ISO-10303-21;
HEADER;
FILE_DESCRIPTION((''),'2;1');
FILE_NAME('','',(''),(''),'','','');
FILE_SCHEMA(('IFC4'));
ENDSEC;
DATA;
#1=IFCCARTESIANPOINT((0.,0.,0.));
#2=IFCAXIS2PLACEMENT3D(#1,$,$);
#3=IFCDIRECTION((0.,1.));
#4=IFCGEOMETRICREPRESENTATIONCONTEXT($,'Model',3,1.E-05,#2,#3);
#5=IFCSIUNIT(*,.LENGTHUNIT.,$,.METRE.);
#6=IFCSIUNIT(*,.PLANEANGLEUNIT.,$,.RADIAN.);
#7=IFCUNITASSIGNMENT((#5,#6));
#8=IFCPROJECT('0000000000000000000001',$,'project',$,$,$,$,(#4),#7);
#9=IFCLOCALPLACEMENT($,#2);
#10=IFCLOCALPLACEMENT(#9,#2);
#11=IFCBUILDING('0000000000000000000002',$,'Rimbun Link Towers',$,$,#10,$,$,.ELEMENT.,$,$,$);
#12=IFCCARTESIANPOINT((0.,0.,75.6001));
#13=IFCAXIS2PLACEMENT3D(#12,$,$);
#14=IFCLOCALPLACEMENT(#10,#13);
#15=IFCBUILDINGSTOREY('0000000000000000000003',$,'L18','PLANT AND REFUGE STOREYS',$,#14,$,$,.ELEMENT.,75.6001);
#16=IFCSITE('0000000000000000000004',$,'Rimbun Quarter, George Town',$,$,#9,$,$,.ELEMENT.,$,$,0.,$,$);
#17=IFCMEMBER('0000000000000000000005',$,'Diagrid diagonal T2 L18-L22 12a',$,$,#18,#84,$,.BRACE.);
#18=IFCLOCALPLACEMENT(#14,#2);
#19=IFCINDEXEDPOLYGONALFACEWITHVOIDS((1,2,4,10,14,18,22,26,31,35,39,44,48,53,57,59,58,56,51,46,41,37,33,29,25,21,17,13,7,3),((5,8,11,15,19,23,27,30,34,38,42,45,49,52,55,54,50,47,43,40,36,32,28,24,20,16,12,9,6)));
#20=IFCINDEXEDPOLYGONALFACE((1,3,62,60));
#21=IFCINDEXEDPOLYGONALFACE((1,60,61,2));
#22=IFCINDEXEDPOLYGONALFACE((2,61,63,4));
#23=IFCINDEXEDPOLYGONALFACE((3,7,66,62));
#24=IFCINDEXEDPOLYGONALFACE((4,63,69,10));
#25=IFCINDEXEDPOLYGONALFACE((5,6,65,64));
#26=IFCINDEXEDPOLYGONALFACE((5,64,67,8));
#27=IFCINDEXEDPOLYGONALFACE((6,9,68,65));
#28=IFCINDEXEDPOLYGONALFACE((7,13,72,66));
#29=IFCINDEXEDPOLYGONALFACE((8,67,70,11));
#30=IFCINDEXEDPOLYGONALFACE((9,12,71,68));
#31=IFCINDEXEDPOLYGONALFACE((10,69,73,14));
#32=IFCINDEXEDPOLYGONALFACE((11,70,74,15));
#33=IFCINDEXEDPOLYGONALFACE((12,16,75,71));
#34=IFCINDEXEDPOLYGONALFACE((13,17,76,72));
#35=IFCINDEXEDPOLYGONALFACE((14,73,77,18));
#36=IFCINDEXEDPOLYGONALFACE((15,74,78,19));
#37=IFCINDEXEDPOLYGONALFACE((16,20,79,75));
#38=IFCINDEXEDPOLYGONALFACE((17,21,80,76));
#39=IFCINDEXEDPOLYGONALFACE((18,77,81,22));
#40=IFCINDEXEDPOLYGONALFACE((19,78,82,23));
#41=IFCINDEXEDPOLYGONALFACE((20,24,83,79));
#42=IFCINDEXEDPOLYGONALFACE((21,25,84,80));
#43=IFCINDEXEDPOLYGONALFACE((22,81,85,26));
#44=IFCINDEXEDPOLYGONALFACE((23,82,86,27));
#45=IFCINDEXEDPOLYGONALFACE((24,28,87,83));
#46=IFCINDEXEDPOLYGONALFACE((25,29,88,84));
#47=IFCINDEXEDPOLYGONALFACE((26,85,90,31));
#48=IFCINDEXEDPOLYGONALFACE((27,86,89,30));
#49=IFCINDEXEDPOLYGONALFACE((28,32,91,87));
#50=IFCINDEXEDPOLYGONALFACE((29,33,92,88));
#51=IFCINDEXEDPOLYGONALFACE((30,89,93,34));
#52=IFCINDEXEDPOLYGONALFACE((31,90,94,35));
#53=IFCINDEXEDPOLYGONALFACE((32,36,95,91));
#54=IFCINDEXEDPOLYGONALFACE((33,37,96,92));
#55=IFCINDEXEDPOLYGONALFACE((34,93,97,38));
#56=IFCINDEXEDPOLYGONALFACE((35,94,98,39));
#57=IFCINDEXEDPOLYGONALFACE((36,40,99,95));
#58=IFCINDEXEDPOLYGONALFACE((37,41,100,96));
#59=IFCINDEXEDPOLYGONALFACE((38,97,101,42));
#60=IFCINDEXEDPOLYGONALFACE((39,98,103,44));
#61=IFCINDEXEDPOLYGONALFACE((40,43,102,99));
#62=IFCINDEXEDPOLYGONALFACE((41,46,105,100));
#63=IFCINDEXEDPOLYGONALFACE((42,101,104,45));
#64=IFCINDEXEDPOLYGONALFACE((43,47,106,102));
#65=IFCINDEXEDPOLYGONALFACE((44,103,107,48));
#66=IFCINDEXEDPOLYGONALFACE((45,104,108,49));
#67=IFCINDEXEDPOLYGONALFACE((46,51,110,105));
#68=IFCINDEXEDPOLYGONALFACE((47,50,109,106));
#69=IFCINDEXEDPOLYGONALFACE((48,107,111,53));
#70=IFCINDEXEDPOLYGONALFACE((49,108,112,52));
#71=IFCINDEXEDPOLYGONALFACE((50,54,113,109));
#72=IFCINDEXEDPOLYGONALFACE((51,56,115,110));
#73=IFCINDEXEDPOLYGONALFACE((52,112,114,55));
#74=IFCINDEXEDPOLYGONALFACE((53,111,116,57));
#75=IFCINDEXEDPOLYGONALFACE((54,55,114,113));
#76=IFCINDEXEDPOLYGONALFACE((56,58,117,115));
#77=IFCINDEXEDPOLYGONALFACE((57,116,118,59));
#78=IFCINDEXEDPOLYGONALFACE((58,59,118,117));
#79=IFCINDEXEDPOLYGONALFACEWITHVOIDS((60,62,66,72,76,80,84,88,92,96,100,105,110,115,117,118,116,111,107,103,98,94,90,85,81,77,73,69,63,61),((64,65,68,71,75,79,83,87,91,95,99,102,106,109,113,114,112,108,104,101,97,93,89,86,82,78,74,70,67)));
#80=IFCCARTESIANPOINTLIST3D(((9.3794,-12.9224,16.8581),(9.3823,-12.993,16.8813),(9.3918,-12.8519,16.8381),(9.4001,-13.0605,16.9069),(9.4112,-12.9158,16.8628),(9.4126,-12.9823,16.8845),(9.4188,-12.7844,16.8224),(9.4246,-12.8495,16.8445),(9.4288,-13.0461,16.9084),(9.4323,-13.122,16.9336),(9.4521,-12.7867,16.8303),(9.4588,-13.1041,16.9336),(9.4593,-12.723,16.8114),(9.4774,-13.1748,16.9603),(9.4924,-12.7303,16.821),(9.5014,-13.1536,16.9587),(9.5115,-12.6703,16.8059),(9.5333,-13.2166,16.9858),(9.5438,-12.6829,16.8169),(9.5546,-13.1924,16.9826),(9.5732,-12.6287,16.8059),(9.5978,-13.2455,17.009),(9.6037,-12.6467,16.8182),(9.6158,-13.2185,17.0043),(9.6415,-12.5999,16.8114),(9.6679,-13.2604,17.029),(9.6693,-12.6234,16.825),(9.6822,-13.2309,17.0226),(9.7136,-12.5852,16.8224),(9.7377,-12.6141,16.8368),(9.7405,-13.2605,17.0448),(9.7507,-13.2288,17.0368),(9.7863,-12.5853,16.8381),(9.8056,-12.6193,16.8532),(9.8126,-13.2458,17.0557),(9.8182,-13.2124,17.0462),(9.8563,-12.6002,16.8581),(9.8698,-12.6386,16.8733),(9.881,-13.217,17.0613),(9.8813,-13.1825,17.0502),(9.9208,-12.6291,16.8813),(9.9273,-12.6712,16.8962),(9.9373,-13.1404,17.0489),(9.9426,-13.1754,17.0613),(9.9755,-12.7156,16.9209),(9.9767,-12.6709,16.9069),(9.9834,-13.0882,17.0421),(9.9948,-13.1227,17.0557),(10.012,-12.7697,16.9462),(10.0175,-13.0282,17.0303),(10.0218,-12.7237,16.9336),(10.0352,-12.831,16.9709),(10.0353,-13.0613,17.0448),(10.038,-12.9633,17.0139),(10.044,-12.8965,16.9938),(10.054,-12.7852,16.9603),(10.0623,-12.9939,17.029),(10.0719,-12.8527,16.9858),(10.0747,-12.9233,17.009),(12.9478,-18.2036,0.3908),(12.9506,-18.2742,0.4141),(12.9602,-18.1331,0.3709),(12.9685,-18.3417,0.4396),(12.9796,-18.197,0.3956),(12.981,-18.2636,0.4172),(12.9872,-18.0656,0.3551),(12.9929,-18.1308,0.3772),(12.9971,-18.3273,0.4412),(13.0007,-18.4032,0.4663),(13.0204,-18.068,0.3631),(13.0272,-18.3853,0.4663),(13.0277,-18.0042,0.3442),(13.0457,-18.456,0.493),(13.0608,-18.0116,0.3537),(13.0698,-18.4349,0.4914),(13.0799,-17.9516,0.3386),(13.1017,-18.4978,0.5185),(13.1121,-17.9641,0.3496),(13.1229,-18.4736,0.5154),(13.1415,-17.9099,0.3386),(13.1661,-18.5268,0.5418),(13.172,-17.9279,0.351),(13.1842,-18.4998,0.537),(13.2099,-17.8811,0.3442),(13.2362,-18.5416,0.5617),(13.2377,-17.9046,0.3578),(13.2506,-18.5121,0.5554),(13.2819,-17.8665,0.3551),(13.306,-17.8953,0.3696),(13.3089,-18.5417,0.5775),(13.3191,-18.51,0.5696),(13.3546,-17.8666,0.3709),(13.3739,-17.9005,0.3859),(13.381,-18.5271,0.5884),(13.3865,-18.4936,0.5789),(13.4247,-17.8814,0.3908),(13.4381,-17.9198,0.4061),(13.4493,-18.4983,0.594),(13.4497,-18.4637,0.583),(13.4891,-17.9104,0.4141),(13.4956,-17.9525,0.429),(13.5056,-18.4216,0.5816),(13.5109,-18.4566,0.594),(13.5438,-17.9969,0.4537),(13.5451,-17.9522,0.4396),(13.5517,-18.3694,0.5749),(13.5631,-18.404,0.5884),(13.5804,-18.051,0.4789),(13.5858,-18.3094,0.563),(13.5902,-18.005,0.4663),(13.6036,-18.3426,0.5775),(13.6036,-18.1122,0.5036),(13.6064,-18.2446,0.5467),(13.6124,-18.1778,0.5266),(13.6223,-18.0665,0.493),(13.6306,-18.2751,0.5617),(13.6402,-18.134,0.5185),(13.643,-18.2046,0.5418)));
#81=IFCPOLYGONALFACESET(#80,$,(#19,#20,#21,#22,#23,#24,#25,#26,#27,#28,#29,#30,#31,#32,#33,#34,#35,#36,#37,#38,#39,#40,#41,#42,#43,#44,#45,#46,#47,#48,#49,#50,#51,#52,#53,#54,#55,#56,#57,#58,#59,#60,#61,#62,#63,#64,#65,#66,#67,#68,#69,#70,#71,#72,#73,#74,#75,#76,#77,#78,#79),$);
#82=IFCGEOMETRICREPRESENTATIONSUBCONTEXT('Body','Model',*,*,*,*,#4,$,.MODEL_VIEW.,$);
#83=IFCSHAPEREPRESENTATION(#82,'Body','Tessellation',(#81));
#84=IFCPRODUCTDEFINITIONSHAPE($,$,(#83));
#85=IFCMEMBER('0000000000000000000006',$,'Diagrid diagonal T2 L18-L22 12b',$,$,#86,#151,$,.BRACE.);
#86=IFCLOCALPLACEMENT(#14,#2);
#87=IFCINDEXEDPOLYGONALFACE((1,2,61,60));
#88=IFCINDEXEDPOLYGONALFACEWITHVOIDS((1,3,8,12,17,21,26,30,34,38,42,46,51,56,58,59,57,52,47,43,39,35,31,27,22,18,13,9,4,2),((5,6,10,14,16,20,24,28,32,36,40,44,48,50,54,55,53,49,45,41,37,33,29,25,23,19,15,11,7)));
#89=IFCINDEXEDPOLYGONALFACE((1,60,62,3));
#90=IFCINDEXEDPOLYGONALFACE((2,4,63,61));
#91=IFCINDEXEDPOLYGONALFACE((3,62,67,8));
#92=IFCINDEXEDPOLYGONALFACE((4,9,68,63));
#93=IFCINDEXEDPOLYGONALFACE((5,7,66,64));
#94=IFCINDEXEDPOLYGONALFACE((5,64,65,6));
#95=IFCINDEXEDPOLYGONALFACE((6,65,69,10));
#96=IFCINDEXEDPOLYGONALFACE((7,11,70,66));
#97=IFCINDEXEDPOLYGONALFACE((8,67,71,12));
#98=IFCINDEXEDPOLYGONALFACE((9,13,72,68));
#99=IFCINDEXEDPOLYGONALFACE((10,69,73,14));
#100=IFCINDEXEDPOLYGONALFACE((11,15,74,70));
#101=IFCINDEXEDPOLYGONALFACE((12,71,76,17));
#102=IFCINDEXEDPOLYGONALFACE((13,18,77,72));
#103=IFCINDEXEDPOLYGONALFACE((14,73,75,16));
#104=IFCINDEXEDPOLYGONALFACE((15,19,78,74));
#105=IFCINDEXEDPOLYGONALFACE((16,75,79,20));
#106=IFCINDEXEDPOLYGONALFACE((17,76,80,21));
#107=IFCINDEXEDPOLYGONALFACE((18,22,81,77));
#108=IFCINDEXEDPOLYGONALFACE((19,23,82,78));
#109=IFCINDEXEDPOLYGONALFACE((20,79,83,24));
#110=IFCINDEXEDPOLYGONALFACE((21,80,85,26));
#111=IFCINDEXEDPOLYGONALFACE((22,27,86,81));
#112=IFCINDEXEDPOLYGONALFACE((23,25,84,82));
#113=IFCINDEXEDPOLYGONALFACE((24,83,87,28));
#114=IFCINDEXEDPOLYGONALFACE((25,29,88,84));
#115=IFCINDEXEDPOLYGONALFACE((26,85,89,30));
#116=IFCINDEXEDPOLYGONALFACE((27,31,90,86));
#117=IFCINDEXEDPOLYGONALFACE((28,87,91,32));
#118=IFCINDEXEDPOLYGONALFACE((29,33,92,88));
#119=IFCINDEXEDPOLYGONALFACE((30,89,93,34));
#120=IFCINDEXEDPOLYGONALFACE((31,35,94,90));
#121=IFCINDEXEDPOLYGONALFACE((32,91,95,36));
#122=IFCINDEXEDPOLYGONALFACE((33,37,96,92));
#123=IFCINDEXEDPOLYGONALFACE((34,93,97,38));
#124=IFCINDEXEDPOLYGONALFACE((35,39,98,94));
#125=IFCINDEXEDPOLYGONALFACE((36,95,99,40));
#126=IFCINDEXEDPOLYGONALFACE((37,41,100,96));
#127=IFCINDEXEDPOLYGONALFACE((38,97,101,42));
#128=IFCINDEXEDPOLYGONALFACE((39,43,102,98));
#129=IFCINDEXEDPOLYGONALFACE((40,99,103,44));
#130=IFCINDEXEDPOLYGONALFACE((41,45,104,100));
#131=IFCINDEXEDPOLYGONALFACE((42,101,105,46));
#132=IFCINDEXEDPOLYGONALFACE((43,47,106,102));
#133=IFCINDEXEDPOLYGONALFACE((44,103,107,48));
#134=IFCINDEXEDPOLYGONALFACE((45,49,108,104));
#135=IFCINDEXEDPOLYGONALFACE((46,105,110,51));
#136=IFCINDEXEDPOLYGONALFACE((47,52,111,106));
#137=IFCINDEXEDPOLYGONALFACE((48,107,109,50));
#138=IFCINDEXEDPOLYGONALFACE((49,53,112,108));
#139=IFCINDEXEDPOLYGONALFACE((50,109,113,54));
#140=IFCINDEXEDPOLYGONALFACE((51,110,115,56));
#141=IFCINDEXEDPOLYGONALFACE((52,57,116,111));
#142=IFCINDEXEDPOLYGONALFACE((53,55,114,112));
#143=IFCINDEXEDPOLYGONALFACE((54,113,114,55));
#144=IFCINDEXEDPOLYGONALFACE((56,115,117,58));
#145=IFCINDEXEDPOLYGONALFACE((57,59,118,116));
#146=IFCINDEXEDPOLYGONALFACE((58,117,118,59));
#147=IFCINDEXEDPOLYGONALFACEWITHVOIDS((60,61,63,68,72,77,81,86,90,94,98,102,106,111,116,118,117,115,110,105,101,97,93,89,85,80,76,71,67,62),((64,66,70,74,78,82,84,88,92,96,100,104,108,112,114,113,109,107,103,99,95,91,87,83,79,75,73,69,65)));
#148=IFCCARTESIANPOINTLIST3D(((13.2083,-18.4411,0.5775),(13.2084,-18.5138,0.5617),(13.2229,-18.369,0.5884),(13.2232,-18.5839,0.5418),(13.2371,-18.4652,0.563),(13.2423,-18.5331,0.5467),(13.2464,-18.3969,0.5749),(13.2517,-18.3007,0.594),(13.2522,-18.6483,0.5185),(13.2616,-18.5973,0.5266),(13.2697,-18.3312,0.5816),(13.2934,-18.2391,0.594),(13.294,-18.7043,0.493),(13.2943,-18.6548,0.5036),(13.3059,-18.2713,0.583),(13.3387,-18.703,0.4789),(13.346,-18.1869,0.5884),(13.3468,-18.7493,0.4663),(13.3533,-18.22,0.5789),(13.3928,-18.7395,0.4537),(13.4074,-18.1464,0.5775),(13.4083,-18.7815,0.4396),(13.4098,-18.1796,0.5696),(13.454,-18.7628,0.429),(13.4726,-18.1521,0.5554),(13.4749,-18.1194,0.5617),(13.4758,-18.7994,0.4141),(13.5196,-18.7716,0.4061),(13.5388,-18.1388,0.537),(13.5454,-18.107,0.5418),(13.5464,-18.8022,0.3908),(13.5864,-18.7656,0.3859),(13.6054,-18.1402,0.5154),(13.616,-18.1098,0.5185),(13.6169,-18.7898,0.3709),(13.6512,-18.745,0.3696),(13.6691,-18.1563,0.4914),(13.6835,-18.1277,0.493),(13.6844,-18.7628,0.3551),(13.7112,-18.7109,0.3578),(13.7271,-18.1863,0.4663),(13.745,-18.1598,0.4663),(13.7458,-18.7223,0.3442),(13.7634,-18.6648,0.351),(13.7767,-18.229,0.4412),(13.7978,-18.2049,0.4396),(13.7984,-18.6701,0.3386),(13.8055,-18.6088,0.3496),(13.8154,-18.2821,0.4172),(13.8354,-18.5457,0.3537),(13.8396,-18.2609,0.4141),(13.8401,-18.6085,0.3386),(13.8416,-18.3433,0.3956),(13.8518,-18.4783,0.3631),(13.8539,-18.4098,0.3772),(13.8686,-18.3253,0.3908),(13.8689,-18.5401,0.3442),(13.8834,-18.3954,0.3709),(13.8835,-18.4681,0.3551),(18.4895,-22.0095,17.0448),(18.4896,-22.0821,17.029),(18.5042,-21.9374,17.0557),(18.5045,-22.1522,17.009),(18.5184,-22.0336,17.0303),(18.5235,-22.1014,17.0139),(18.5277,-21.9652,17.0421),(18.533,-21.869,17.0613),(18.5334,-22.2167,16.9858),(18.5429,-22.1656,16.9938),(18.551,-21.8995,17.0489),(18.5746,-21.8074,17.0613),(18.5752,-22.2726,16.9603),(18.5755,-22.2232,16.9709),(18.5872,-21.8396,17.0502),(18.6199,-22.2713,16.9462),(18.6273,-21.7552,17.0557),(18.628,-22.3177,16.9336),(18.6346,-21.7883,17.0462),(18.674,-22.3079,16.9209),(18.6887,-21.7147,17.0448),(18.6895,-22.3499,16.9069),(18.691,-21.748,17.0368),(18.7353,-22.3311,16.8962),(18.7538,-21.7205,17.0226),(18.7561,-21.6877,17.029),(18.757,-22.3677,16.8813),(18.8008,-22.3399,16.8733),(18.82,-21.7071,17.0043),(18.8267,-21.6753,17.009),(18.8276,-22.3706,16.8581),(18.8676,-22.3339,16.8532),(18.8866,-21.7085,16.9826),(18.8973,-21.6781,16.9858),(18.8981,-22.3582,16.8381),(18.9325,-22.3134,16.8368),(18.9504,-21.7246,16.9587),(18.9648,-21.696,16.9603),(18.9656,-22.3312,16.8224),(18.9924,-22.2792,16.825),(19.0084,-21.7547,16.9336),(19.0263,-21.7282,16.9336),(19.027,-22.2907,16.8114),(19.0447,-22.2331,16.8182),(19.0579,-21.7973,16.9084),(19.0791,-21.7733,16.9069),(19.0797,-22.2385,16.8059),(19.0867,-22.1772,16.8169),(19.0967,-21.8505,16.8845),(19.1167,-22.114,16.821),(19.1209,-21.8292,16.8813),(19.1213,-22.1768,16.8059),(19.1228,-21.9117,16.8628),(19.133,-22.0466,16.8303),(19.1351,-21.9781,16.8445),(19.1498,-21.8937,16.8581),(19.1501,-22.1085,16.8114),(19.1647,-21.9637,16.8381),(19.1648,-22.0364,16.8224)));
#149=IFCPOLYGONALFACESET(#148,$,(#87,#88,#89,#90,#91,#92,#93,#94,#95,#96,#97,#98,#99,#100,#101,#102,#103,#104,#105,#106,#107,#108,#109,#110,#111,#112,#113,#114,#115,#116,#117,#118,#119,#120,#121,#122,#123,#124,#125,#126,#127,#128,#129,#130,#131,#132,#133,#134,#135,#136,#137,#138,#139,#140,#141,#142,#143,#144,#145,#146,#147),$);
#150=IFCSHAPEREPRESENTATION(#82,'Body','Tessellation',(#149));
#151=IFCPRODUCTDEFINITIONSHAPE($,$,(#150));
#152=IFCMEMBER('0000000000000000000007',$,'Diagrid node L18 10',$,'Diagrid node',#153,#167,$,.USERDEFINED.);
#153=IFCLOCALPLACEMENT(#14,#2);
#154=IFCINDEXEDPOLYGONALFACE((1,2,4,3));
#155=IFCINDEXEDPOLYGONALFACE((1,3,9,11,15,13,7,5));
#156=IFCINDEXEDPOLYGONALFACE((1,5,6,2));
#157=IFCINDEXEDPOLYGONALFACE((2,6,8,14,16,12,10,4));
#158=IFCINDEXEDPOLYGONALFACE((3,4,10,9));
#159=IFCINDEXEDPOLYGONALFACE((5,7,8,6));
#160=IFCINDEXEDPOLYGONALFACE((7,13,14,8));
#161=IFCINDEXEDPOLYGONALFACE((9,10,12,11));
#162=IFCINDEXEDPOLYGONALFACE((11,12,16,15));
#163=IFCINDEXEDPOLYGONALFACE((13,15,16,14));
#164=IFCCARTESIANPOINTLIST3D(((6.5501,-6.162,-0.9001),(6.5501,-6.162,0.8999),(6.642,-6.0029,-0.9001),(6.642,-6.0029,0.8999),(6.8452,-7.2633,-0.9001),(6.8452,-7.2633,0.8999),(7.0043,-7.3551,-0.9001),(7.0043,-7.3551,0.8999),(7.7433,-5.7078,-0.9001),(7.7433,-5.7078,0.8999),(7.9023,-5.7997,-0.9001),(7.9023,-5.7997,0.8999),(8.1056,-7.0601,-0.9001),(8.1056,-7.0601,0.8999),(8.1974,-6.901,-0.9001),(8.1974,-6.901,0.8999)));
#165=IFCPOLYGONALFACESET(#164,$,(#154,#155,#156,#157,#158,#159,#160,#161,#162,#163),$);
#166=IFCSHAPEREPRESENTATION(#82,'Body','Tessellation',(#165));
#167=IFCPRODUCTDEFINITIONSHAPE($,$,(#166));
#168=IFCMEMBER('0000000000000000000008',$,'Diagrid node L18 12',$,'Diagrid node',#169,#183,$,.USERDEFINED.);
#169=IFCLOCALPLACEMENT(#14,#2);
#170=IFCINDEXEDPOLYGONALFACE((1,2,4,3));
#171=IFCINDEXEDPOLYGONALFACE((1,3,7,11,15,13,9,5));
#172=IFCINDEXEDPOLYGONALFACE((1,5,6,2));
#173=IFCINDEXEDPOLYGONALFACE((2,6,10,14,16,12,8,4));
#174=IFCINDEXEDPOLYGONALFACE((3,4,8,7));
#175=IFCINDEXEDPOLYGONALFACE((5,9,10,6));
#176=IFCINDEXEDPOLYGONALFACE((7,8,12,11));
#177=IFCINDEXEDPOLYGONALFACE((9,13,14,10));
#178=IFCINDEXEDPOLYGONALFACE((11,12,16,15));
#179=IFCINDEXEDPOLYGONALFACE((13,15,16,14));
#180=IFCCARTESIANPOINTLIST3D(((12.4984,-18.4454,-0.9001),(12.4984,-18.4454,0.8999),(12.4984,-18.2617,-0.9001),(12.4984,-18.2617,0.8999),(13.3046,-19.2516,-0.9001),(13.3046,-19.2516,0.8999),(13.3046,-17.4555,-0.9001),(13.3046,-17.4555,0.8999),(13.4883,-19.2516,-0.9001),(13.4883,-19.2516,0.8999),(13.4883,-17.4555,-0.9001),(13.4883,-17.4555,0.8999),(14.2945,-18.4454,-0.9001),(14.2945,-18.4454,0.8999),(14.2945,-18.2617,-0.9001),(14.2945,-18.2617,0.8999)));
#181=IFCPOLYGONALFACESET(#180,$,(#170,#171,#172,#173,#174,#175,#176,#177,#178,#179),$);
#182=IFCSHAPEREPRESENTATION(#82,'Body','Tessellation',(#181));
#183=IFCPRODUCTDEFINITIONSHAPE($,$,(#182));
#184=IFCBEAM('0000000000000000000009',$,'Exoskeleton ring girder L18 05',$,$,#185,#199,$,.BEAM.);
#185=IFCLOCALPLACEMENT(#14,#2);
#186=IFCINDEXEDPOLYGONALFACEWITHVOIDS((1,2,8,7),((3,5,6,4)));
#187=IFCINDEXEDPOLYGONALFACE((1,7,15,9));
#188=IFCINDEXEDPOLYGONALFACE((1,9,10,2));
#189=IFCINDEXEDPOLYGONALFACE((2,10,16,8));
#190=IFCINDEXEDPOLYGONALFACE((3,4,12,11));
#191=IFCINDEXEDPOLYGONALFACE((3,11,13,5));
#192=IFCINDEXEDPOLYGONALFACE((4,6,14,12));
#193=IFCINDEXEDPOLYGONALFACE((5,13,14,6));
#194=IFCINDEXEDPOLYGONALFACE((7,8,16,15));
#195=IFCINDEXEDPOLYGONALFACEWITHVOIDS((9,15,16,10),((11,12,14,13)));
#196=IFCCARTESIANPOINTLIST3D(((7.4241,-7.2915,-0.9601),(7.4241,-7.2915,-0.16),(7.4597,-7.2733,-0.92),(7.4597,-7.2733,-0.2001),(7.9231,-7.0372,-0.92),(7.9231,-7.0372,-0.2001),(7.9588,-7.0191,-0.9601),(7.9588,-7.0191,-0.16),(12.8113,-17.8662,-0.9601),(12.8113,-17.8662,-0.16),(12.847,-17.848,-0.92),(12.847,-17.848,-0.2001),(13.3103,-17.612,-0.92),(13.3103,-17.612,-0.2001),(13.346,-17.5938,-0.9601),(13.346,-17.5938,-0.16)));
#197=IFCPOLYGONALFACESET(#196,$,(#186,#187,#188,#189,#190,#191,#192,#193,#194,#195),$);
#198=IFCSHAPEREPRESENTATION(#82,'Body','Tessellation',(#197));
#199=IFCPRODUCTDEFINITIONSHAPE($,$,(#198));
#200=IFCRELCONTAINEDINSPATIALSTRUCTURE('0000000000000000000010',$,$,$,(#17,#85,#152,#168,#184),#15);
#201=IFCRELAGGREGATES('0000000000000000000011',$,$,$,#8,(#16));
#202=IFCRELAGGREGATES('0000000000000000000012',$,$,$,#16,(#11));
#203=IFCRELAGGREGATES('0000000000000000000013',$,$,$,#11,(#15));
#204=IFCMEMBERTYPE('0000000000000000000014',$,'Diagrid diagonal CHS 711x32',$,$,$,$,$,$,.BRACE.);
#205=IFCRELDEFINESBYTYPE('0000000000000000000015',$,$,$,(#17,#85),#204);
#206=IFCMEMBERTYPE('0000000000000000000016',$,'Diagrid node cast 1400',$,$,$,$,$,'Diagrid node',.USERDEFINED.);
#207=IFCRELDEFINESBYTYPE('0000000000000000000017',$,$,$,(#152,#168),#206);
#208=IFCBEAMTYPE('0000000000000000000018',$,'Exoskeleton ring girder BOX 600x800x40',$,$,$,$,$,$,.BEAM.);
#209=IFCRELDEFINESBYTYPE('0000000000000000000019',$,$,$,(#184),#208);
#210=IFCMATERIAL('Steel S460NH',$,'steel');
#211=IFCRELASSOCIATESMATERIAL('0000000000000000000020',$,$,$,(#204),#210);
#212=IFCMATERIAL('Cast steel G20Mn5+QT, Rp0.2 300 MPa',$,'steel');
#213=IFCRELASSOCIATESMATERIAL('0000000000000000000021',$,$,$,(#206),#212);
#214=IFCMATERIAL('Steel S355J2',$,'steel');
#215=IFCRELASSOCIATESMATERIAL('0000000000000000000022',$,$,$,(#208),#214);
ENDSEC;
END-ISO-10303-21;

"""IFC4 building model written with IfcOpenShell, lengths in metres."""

from ifc_helpers import new_model, si_unit, direction, frame, origin, origin_2d, place, context, subcontext, project, spatial, polyline, hollow_rectangle, hollow_circle, outline, extrude, material, material_profile, profile_set, type_object, element, save


model = new_model("IFC4")

# Units and contexts
model_context = context("Model", 3, precision=1e-05, world=origin(), true_north=direction((0.0, 1.0)))
body_context = subcontext(model_context, "Body", "Model", "MODEL_VIEW")
ifc_project = project(units=[si_unit("LENGTHUNIT", "METRE"), si_unit("PLANEANGLEUNIT", "RADIAN")], contexts=[model_context])

# Site, building, storey
site_placement = place(None, origin())
site = spatial("IfcSite", under=ifc_project, at=site_placement, Name="Rimbun Quarter, George Town", CompositionType="ELEMENT", RefElevation=0.0)
building_placement = place(site_placement, origin())
building = spatial("IfcBuilding", under=site, at=building_placement, Name="Rimbun Link Towers", CompositionType="ELEMENT")
storey_placement = place(building_placement, frame((0.0, 0.0, 75.6001)))
storey = spatial("IfcBuildingStorey", under=building, at=storey_placement, Name="L18", Description="PLANT AND REFUGE STOREYS", CompositionType="ELEMENT", Elevation=75.6001)

# Members
ifc_material_1 = material(Name="Steel S460NH", Category="steel")
ifc_material_profile_1 = material_profile(ifc_material_1, hollow_circle(Radius=0.3557, WallThickness=0.032, at=origin_2d()), Name="Diagrid diagonal CHS 711x32")
ifc_profile_set_1 = profile_set([ifc_material_profile_1], Name="Steel S460NH")
member_type_1 = type_object("IfcMemberType", Name="Diagrid diagonal CHS 711x32", PredefinedType="BRACE", material=ifc_profile_set_1)
for number, where, z_axis, x_axis, name in (
    (1, (13.2954, -18.2041, 0.4663), (-0.202085, 0.29909, 0.932581), (-0.828593, -0.559852, 0.0), "Diagrid diagonal T2 L18-L22 12a"),
    (2, (13.5459, -18.4546, 0.4663), (0.29909, -0.202085, 0.932581), (0.559852, 0.828593, 0.0), "Diagrid diagonal T2 L18-L22 12b"),
):
    element("IfcMember", number, at=place(storey_placement, frame(where, z_axis=z_axis, x_axis=x_axis)), inside=storey, type_object=member_type_1, Name=name, PredefinedType="BRACE", context=body_context, shape_type="SweptSolid", body=[
        extrude(hollow_circle(Radius=0.3557, WallThickness=0.032, at=origin_2d()), origin(), (0.0, 0.0, 1.0), 17.6577),
    ])
ifc_material_2 = material(Name="Cast steel G20Mn5+QT, Rp0.2 300 MPa", Category="steel")
ifc_material_profile_2 = material_profile(ifc_material_2, outline(polyline([(0.7, -0.5701), (0.7, 0.5701), (0.5701, 0.7), (-0.5701, 0.7), (-0.7, 0.5701), (-0.7, -0.5701), (-0.5701, -0.7), (0.5701, -0.7), (0.7, -0.5701)])), Name="NODE 1400x1400")
ifc_profile_set_2 = profile_set([ifc_material_profile_2], Name="Cast steel G20Mn5+QT, Rp0.2 300 MPa")
member_type_2 = type_object("IfcMemberType", Name="Diagrid node cast 1400", ElementType="Diagrid node", PredefinedType="USERDEFINED", material=ifc_profile_set_2)
for number, where, z_axis, x_axis, name in (
    (3, (7.3738, -6.5315, -0.9001), (0.0, 0.0, 1.0), (-0.965926, -0.258819, 0.0), "Diagrid node L18 10"),
    (4, (13.3965, -18.3535, -0.9001), (0.0, 0.0, 1.0), (-0.707107, -0.707107, 0.0), "Diagrid node L18 12"),
):
    element("IfcMember", number, at=place(storey_placement, frame(where, z_axis=z_axis, x_axis=x_axis)), inside=storey, type_object=member_type_2, Name=name, ObjectType="Diagrid node", PredefinedType="USERDEFINED", context=body_context, shape_type="SweptSolid", body=[
        extrude(outline(polyline([(0.7, -0.5701), (0.7, 0.5701), (0.5701, 0.7), (-0.5701, 0.7), (-0.7, 0.5701), (-0.7, -0.5701), (-0.5701, -0.7), (0.5701, -0.7), (0.7, -0.5701)])), origin(), (0.0, 0.0, 1.0), 1.8),
    ])

# Beam
ifc_material_3 = material(Name="Steel S355J2", Category="steel")
ifc_material_profile_3 = material_profile(ifc_material_3, hollow_rectangle(XDim=0.6001, YDim=0.8, WallThickness=0.04, at=origin_2d()), Name="Exoskeleton ring girder BOX 600x800x40")
ifc_profile_set_3 = profile_set([ifc_material_profile_3], Name="Steel S355J2")
beam_type_1 = type_object("IfcBeamType", Name="Exoskeleton ring girder BOX 600x800x40", PredefinedType="BEAM", material=ifc_profile_set_3)
for number, where, z_axis, x_axis, name in (
    (5, (7.6914, -7.1553, -0.5601), (0.453932, -0.891036, 0.0), (0.891036, 0.453932, 0.0), "Exoskeleton ring girder L18 05"),
):
    element("IfcBeam", number, at=place(storey_placement, frame(where, z_axis=z_axis, x_axis=x_axis)), inside=storey, type_object=beam_type_1, Name=name, PredefinedType="BEAM", context=body_context, shape_type="SweptSolid", body=[
        extrude(hollow_rectangle(XDim=0.6001, YDim=0.8, WallThickness=0.04, at=origin_2d()), origin(), (0.0, 0.0, 1.0), 11.8679),
    ])

save(model, "model.ifc")
